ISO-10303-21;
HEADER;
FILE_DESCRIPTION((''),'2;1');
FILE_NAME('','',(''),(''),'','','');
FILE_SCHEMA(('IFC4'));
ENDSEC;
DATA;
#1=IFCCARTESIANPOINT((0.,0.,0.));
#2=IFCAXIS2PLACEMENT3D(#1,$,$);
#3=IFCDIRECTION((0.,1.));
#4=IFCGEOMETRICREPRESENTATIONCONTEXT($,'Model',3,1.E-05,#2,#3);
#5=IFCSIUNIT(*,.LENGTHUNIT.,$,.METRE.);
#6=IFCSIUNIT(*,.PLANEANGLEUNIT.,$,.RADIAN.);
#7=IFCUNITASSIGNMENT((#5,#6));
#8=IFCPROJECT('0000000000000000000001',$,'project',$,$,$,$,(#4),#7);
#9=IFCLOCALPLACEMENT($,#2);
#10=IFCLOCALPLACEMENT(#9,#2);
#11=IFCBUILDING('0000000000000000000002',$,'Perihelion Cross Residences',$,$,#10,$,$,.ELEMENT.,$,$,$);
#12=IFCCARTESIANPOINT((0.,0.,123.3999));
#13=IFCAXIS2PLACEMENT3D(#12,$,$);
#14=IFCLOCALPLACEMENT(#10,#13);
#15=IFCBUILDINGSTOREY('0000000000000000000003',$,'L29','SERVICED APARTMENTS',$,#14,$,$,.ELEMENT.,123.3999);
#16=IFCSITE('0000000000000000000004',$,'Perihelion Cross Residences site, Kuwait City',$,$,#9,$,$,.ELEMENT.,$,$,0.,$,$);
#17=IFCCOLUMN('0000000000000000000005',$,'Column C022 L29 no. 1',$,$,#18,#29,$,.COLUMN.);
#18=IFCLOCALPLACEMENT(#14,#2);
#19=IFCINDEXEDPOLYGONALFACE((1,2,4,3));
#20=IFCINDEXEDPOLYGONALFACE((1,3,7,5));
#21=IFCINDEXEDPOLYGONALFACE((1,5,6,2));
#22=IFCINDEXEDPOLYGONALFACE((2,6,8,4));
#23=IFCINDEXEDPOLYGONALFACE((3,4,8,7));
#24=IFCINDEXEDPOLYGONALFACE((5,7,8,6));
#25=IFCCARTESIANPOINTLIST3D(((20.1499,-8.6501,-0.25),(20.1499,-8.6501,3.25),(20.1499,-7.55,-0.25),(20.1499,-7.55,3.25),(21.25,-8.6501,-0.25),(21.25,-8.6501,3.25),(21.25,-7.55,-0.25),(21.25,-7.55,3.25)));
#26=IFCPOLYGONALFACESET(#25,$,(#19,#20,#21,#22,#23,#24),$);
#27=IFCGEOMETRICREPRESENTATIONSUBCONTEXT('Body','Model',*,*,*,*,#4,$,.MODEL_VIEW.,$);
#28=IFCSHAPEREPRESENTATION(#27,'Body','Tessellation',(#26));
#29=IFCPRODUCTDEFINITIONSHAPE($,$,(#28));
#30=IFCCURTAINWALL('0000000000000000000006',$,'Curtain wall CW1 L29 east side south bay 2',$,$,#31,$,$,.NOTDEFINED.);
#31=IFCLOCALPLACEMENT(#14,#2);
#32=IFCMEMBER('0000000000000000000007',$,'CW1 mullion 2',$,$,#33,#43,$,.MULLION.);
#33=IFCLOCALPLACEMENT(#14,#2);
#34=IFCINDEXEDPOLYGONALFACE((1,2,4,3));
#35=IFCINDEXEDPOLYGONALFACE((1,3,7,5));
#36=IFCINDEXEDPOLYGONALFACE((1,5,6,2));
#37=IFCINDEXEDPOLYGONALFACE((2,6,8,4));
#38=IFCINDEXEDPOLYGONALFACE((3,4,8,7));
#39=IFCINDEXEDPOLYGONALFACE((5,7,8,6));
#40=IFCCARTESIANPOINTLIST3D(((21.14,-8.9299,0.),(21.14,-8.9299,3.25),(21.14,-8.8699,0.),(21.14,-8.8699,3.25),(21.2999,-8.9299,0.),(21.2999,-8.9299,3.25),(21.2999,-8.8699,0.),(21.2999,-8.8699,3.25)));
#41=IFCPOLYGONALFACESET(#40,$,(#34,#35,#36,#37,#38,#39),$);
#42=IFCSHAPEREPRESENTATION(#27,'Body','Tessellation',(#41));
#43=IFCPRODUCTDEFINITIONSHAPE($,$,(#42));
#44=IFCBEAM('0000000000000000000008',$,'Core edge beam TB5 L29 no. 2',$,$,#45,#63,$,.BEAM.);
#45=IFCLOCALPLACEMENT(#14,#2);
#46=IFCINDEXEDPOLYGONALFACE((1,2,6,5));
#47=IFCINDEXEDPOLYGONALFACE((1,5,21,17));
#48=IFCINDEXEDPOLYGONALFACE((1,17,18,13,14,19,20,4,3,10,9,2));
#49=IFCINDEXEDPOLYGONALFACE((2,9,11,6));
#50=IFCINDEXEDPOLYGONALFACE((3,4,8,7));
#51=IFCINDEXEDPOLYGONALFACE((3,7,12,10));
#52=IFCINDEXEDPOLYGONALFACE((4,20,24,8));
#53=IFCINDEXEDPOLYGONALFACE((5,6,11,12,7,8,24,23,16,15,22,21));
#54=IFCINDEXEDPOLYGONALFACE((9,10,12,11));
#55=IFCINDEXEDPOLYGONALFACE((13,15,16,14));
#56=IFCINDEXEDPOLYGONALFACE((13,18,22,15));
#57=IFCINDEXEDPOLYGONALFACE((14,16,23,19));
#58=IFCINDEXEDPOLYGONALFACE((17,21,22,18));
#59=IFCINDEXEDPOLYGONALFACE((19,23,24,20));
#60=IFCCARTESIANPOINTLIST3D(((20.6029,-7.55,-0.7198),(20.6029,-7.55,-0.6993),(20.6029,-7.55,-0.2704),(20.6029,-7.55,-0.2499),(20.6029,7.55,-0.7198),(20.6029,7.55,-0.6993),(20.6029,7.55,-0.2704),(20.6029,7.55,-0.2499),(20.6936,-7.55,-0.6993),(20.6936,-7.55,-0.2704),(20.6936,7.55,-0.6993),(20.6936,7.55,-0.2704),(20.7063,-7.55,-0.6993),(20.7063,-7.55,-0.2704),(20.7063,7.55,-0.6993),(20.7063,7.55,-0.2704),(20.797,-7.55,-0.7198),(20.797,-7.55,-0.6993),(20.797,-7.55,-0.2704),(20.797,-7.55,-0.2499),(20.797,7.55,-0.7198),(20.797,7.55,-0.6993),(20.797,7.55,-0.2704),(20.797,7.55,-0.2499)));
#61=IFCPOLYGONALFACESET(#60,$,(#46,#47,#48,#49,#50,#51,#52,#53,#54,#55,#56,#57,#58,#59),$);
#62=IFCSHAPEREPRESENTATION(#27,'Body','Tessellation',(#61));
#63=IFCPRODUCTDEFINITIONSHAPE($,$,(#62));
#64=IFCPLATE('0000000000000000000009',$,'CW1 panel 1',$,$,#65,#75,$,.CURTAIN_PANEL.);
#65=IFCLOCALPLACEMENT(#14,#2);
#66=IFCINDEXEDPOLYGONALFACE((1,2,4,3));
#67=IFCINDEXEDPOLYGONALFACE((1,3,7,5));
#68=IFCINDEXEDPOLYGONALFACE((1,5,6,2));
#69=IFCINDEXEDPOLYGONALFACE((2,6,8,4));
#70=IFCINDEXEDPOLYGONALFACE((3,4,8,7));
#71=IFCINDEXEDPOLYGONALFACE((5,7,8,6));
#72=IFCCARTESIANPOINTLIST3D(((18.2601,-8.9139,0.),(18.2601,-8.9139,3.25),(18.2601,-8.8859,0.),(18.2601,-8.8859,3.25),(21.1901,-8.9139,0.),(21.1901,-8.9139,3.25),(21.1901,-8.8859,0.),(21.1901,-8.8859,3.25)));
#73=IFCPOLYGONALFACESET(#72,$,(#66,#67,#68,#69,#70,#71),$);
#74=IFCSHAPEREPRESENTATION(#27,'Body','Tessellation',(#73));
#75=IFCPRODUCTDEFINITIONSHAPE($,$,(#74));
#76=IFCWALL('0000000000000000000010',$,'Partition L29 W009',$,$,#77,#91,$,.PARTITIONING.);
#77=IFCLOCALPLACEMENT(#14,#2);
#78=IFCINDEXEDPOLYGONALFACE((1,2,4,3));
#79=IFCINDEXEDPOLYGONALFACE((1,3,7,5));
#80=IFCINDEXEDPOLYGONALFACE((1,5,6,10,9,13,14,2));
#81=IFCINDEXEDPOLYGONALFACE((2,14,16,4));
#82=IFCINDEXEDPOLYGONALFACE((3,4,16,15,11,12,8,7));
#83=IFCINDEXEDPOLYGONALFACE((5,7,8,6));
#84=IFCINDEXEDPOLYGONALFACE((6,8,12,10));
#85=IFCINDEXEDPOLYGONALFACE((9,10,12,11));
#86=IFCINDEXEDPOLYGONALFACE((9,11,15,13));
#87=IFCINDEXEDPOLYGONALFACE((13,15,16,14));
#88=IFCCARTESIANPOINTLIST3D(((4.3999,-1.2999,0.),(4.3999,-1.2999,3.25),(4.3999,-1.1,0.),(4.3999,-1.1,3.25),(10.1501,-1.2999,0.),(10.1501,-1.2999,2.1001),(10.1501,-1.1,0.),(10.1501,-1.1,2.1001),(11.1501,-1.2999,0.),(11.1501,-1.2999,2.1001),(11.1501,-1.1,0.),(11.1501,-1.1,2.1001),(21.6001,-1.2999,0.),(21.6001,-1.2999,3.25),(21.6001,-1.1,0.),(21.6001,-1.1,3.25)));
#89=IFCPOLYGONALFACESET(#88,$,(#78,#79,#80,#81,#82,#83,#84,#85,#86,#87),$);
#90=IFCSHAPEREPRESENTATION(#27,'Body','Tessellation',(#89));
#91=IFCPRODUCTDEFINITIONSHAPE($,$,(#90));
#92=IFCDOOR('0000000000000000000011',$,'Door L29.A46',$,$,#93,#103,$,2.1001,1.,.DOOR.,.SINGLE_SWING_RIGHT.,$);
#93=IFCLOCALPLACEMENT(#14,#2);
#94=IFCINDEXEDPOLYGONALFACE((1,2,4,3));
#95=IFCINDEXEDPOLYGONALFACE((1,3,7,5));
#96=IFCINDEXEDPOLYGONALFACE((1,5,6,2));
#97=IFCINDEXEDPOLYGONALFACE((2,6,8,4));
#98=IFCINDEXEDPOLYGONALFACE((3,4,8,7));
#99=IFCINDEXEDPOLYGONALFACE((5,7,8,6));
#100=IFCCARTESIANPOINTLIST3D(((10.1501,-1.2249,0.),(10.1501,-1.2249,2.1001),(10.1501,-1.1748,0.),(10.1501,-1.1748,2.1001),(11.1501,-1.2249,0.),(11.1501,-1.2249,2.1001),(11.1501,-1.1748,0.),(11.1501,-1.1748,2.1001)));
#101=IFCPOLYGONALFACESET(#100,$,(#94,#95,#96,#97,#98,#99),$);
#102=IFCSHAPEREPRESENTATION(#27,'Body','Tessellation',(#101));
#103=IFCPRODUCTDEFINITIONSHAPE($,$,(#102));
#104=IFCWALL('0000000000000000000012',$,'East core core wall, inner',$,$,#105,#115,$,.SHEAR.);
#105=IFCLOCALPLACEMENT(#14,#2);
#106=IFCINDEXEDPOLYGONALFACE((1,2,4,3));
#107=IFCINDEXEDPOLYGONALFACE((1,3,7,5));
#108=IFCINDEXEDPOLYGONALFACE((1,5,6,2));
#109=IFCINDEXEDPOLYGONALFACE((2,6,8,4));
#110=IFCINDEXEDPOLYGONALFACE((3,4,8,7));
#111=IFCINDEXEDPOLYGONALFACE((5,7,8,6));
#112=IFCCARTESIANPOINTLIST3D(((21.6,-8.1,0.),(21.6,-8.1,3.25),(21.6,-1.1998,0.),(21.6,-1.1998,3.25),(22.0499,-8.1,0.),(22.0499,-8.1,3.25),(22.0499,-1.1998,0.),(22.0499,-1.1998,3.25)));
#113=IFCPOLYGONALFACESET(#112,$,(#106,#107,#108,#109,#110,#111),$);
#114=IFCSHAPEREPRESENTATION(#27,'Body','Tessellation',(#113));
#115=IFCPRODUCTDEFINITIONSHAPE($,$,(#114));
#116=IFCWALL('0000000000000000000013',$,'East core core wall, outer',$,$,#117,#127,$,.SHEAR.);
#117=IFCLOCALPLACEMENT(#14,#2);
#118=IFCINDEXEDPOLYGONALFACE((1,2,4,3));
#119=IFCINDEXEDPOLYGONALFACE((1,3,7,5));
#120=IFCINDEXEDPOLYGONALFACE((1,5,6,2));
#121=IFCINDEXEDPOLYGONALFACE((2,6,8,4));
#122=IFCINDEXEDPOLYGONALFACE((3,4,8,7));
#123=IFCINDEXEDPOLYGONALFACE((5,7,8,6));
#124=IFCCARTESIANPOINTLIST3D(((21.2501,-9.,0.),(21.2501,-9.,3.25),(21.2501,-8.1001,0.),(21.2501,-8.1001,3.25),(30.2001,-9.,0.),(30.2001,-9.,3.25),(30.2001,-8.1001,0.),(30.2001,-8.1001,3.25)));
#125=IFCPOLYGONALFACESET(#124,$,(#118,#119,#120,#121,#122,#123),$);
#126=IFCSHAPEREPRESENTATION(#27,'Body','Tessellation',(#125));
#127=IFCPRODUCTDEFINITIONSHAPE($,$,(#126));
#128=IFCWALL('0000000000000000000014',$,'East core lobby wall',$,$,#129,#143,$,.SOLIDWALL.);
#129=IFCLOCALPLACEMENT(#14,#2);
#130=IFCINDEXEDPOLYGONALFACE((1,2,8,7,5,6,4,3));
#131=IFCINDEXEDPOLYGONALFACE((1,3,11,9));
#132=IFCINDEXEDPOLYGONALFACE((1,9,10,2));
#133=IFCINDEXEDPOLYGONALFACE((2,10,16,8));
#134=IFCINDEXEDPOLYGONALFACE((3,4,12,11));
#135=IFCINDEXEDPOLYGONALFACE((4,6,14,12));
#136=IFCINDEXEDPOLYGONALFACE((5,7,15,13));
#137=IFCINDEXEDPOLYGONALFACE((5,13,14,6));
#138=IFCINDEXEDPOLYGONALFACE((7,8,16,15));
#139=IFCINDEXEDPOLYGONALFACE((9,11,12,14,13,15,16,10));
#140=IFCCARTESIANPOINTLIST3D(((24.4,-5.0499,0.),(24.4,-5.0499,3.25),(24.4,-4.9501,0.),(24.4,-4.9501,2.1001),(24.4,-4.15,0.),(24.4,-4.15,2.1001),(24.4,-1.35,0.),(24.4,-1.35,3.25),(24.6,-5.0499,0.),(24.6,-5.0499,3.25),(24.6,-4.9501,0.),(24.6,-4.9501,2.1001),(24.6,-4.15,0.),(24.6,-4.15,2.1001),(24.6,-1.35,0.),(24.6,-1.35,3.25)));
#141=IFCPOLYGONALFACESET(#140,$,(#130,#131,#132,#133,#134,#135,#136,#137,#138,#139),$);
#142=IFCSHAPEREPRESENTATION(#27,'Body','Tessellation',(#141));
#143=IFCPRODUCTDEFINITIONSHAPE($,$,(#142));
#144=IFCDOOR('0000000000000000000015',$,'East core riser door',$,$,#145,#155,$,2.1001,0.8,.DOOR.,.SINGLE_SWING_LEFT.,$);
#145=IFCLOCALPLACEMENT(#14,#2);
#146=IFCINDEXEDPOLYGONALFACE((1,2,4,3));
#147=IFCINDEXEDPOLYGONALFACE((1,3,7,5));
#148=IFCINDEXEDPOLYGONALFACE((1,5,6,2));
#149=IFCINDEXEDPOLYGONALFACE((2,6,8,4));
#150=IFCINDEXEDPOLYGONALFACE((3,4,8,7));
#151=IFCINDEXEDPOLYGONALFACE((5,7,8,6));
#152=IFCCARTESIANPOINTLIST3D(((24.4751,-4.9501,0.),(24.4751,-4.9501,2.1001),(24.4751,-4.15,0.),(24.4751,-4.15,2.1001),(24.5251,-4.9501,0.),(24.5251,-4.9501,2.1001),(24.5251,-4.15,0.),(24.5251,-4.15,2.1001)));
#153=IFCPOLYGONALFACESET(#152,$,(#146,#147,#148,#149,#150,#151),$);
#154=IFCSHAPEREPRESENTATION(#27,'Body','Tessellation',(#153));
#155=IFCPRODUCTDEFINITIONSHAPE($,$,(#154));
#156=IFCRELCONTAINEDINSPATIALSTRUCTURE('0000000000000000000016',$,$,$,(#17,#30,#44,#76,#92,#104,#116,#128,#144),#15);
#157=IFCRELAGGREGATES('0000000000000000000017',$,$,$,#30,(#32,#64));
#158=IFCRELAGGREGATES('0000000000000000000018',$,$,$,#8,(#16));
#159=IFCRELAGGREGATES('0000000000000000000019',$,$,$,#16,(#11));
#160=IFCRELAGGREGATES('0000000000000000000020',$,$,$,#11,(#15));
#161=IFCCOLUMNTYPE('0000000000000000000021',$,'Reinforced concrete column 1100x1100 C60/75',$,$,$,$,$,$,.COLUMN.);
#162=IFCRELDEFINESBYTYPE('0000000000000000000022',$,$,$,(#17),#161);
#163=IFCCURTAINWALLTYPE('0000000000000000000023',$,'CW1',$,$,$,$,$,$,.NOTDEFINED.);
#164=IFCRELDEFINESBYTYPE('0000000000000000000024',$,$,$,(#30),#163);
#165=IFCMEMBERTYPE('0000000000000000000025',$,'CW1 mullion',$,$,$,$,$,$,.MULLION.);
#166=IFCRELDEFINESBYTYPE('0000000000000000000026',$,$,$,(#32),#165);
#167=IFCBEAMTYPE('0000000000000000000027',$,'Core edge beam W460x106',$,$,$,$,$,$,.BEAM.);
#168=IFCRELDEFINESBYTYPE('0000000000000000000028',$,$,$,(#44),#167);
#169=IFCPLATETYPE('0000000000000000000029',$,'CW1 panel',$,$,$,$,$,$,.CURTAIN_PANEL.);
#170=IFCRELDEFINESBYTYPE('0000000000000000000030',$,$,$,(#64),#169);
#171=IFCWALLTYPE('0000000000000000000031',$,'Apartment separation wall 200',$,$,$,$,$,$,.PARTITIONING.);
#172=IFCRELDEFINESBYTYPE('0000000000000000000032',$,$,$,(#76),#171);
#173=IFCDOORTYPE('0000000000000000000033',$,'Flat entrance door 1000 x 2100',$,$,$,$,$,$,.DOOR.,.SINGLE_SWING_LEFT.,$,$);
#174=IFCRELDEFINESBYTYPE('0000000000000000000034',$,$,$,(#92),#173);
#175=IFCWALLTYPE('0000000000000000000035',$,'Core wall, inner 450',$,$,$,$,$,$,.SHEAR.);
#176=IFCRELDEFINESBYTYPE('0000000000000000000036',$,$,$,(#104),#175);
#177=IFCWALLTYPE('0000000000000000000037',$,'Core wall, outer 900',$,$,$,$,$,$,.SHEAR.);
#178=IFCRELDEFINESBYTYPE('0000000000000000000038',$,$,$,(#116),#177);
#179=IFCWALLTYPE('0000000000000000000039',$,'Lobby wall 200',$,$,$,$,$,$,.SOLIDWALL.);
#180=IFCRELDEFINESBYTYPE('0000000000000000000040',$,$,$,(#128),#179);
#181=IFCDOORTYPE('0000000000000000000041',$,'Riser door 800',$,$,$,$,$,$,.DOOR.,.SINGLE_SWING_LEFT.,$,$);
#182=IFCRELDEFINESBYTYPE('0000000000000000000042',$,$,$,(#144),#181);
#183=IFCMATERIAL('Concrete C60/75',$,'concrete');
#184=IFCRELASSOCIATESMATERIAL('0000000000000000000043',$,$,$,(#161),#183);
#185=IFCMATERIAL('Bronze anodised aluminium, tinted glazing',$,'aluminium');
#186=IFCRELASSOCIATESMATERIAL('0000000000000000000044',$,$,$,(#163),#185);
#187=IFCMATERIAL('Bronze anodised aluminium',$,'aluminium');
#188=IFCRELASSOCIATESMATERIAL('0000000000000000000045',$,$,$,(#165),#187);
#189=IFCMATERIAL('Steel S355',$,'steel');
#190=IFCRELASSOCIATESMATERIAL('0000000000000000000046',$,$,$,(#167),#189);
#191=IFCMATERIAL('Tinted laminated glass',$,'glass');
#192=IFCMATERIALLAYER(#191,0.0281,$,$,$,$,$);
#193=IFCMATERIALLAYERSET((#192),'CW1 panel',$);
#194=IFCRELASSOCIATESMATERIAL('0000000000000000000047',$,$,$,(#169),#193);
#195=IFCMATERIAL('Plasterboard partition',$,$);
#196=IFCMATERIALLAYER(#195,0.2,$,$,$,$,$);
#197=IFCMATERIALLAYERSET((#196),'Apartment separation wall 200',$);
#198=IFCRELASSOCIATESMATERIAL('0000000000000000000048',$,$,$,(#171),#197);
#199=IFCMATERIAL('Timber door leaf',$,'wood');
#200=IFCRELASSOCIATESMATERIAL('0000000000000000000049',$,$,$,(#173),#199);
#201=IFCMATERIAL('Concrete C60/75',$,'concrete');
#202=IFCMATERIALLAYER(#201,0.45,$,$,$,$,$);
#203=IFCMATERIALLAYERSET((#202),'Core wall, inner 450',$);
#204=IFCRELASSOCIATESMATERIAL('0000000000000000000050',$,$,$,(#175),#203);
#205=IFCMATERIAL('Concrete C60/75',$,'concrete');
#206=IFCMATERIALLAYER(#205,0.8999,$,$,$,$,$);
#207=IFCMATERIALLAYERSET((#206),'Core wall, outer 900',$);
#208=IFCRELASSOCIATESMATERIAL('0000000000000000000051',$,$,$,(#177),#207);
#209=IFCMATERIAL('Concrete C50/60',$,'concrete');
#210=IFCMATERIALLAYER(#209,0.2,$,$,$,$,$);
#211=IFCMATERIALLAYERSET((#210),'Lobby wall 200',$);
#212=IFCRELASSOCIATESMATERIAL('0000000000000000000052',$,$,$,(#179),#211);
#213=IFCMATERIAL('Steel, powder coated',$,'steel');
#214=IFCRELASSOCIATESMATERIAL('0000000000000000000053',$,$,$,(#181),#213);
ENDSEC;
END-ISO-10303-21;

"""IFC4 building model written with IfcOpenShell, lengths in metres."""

from ifc_helpers import new_model, si_unit, direction, frame, frame_2d, origin, origin_2d, place, context, subcontext, project, spatial, rectangle, i_section, extrude, material, layer, layer_set, material_profile, profile_set, type_object, element, fill, aggregate, save


model = new_model("IFC4")

# Units and contexts
model_context = context("Model", 3, precision=1e-05, world=origin(), true_north=direction((0.0, 1.0)))
body_context = subcontext(model_context, "Body", "Model", "MODEL_VIEW")
ifc_project = project(units=[si_unit("LENGTHUNIT", "METRE"), si_unit("PLANEANGLEUNIT", "RADIAN")], contexts=[model_context])

# Site, building, storey
site_placement = place(None, origin())
site = spatial("IfcSite", under=ifc_project, at=site_placement, Name="Perihelion Cross Residences site, Kuwait City", CompositionType="ELEMENT", RefElevation=0.0)
building_placement = place(site_placement, origin())
building = spatial("IfcBuilding", under=site, at=building_placement, Name="Perihelion Cross Residences", CompositionType="ELEMENT")
storey_placement = place(building_placement, frame((0.0, 0.0, 123.3999)))
storey = spatial("IfcBuildingStorey", under=building, at=storey_placement, Name="L29", Description="SERVICED APARTMENTS", CompositionType="ELEMENT", Elevation=123.3999)

# Column
ifc_material_1 = material(Name="Concrete C60/75", Category="concrete")
ifc_material_profile_1 = material_profile(ifc_material_1, rectangle(XDim=1.1001, YDim=1.1001, at=origin_2d()), Name="RC 1100x1100")
ifc_profile_set_1 = profile_set([ifc_material_profile_1], Name="Concrete C60/75")
column_type = type_object("IfcColumnType", Name="Reinforced concrete column 1100x1100 C60/75", PredefinedType="COLUMN", material=ifc_profile_set_1)
column_placement = place(storey_placement, frame((20.7, -8.1001, -0.25), z_axis=(0.0, 0.0, 1.0), x_axis=(1.0, 0.0, 0.0)))
element("IfcColumn", 1, at=column_placement, inside=storey, type_object=column_type, Name="Column C022 L29 no. 1", PredefinedType="COLUMN", context=body_context, shape_type="SweptSolid", body=[
    extrude(rectangle(XDim=1.1001, YDim=1.1001, at=origin_2d()), origin(), (0.0, 0.0, 1.0), 3.5),
])

# Curtain wall, member
ifc_material_2 = material(Name="Bronze anodised aluminium, tinted glazing", Category="aluminium")
curtain_wall_type = type_object("IfcCurtainWallType", Name="CW1", PredefinedType="NOTDEFINED", material=ifc_material_2)
curtain_wall_placement = place(storey_placement, origin())
curtain_wall = element("IfcCurtainWall", 2, at=curtain_wall_placement, inside=storey, type_object=curtain_wall_type, Name="Curtain wall CW1 L29 east side south bay 2", PredefinedType="NOTDEFINED")
ifc_material_3 = material(Name="Bronze anodised aluminium", Category="aluminium")
ifc_material_profile_2 = material_profile(ifc_material_3, rectangle(XDim=0.0601, YDim=0.1599, at=origin_2d()), Name="CW1 mullion")
ifc_profile_set_2 = profile_set([ifc_material_profile_2], Name="Bronze anodised aluminium")
member_type = type_object("IfcMemberType", Name="CW1 mullion", PredefinedType="MULLION", material=ifc_profile_set_2)
member_placement = place(storey_placement, frame((21.22, -8.8999, 0.0), z_axis=(0.0, 0.0, 1.0), x_axis=(0.0, 1.0, 0.0)))
member = element("IfcMember", 3, at=member_placement, type_object=member_type, Name="CW1 mullion 2", PredefinedType="MULLION", context=body_context, shape_type="SweptSolid", body=[
    extrude(rectangle(XDim=0.0601, YDim=0.1599, at=origin_2d()), origin(), (0.0, 0.0, 1.0), 3.25),
])

# Beam
ifc_material_4 = material(Name="Steel S355", Category="steel")
ifc_material_profile_3 = material_profile(ifc_material_4, i_section(OverallWidth=0.1941, OverallDepth=0.47, WebThickness=0.0127, FlangeThickness=0.0205, at=origin_2d()), Name="W460x106")
ifc_profile_set_3 = profile_set([ifc_material_profile_3], Name="Steel S355")
beam_type = type_object("IfcBeamType", Name="Core edge beam W460x106", PredefinedType="BEAM", material=ifc_profile_set_3)
beam_placement = place(storey_placement, frame((20.7, -7.55, -0.4849), z_axis=(0.0, 1.0, 0.0), x_axis=(-1.0, 0.0, 0.0)))
element("IfcBeam", 4, at=beam_placement, inside=storey, type_object=beam_type, Name="Core edge beam TB5 L29 no. 2", PredefinedType="BEAM", context=body_context, shape_type="SweptSolid", body=[
    extrude(i_section(OverallWidth=0.1941, OverallDepth=0.47, WebThickness=0.0127, FlangeThickness=0.0205, at=origin_2d()), origin(), (0.0, 0.0, 1.0), 15.1001),
])

# Plate
ifc_material_5 = material(Name="Tinted laminated glass", Category="glass")
ifc_layer_1 = layer(ifc_material_5, 0.0281)
ifc_layer_set_1 = layer_set([ifc_layer_1], Name="CW1 panel")
plate_type = type_object("IfcPlateType", Name="CW1 panel", PredefinedType="CURTAIN_PANEL", material=ifc_layer_set_1)
plate_placement = place(storey_placement, frame((19.7251, -8.8999, 0.0), z_axis=(0.0, 0.0, 1.0), x_axis=(1.0, 0.0, 0.0)))
plate = element("IfcPlate", 5, at=plate_placement, type_object=plate_type, Name="CW1 panel 1", PredefinedType="CURTAIN_PANEL", context=body_context, shape_type="SweptSolid", body=[
    extrude(rectangle(XDim=2.9299, YDim=0.0281, at=origin_2d()), origin(), (0.0, 0.0, 1.0), 3.25),
])
aggregate(curtain_wall, [member, plate])

# Wall, opening, door
ifc_material_6 = material(Name="Plasterboard partition")
ifc_layer_2 = layer(ifc_material_6, 0.2)
ifc_layer_set_2 = layer_set([ifc_layer_2], Name="Apartment separation wall 200")
wall_type_1 = type_object("IfcWallType", Name="Apartment separation wall 200", PredefinedType="PARTITIONING", material=ifc_layer_set_2)
wall_1_placement = place(storey_placement, frame((21.6001, -1.2, 0.0), z_axis=(0.0, 0.0, 1.0), x_axis=(-1.0, 0.0, 0.0)))
wall_1 = element("IfcWall", 6, at=wall_1_placement, inside=storey, type_object=wall_type_1, Name="Partition L29 W009", PredefinedType="PARTITIONING", context=body_context, shape_type="SweptSolid", body=[
    extrude(rectangle(XDim=17.2002, YDim=0.2, at=frame_2d((8.6001, 0.0))), origin(), (0.0, 0.0, 1.0), 3.25),
])
opening_1_placement = place(wall_1_placement, frame((10.45, 0.0, 0.0)))
opening_1 = element("IfcOpeningElement", 7, at=opening_1_placement, cuts=wall_1, PredefinedType="OPENING", context=body_context, shape_type="SweptSolid", body=[
    extrude(rectangle(XDim=1.0, YDim=2.1001, at=frame_2d((0.5, 1.05))), frame((0.0, 0.1099, 0.0), z_axis=(0.0, -1.0, 0.0), x_axis=(1.0, 0.0, 0.0)), (0.0, 0.0, 1.0), 0.22),
])
ifc_material_7 = material(Name="Timber door leaf", Category="wood")
door_type_1 = type_object("IfcDoorType", Name="Flat entrance door 1000 x 2100", OperationType="SINGLE_SWING_LEFT", PredefinedType="DOOR", material=ifc_material_7)
door_1_placement = place(opening_1_placement, origin())
door_1 = element("IfcDoor", 8, at=door_1_placement, inside=storey, type_object=door_type_1, Name="Door L29.A46", OperationType="SINGLE_SWING_RIGHT", OverallHeight=2.1001, OverallWidth=1.0, PredefinedType="DOOR", context=body_context, shape_type="SweptSolid", body=[
    extrude(rectangle(XDim=1.0, YDim=2.1001, at=frame_2d((0.5, 1.05))), frame((0.0, 0.0249, 0.0), z_axis=(0.0, -1.0, 0.0), x_axis=(1.0, 0.0, 0.0)), (0.0, 0.0, 1.0), 0.05),
])
fill(opening_1, door_1)

# Walls
ifc_material_8 = material(Name="Concrete C60/75", Category="concrete")
ifc_layer_3 = layer(ifc_material_8, 0.45)
ifc_layer_set_3 = layer_set([ifc_layer_3], Name="Core wall, inner 450")
wall_type_2 = type_object("IfcWallType", Name="Core wall, inner 450", PredefinedType="SHEAR", material=ifc_layer_set_3)
wall_2_placement = place(storey_placement, frame((21.825, -8.1001, 0.0), z_axis=(0.0, 0.0, 1.0), x_axis=(0.0, 1.0, 0.0)))
element("IfcWall", 9, at=wall_2_placement, inside=storey, type_object=wall_type_2, Name="East core core wall, inner", PredefinedType="SHEAR", context=body_context, shape_type="SweptSolid", body=[
    extrude(rectangle(XDim=6.9001, YDim=0.45, at=frame_2d((3.4502, 0.0))), origin(), (0.0, 0.0, 1.0), 3.25),
])
ifc_material_9 = material(Name="Concrete C60/75", Category="concrete")
ifc_layer_4 = layer(ifc_material_9, 0.8999)
ifc_layer_set_4 = layer_set([ifc_layer_4], Name="Core wall, outer 900")
wall_type_3 = type_object("IfcWallType", Name="Core wall, outer 900", PredefinedType="SHEAR", material=ifc_layer_set_4)
wall_3_placement = place(storey_placement, frame((21.25, -8.55, 0.0), z_axis=(0.0, 0.0, 1.0), x_axis=(1.0, 0.0, 0.0)))
element("IfcWall", 10, at=wall_3_placement, inside=storey, type_object=wall_type_3, Name="East core core wall, outer", PredefinedType="SHEAR", context=body_context, shape_type="SweptSolid", body=[
    extrude(rectangle(XDim=8.95, YDim=0.8999, at=frame_2d((4.4751, 0.0))), origin(), (0.0, 0.0, 1.0), 3.25),
])

# Wall, opening, door
ifc_material_10 = material(Name="Concrete C50/60", Category="concrete")
ifc_layer_5 = layer(ifc_material_10, 0.2)
ifc_layer_set_5 = layer_set([ifc_layer_5], Name="Lobby wall 200")
wall_type_4 = type_object("IfcWallType", Name="Lobby wall 200", PredefinedType="SOLIDWALL", material=ifc_layer_set_5)
wall_4_placement = place(storey_placement, frame((24.5, -5.05, 0.0), z_axis=(0.0, 0.0, 1.0), x_axis=(0.0, 1.0, 0.0)))
wall_4 = element("IfcWall", 11, at=wall_4_placement, inside=storey, type_object=wall_type_4, Name="East core lobby wall", PredefinedType="SOLIDWALL", context=body_context, shape_type="SweptSolid", body=[
    extrude(rectangle(XDim=3.7, YDim=0.2, at=frame_2d((1.8501, 0.0))), origin(), (0.0, 0.0, 1.0), 3.25),
])
opening_2_placement = place(wall_4_placement, frame((0.1001, 0.0, 0.0)))
opening_2 = element("IfcOpeningElement", 12, at=opening_2_placement, cuts=wall_4, PredefinedType="OPENING", context=body_context, shape_type="SweptSolid", body=[
    extrude(rectangle(XDim=0.8, YDim=2.1001, at=frame_2d((0.3999, 1.05))), frame((0.0, 0.1099, 0.0), z_axis=(0.0, -1.0, 0.0), x_axis=(1.0, 0.0, 0.0)), (0.0, 0.0, 1.0), 0.22),
])
ifc_material_11 = material(Name="Steel, powder coated", Category="steel")
door_type_2 = type_object("IfcDoorType", Name="Riser door 800", OperationType="SINGLE_SWING_LEFT", PredefinedType="DOOR", material=ifc_material_11)
door_2_placement = place(opening_2_placement, origin())
door_2 = element("IfcDoor", 13, at=door_2_placement, inside=storey, type_object=door_type_2, Name="East core riser door", OperationType="SINGLE_SWING_LEFT", OverallHeight=2.1001, OverallWidth=0.8, PredefinedType="DOOR", context=body_context, shape_type="SweptSolid", body=[
    extrude(rectangle(XDim=0.8, YDim=2.1001, at=frame_2d((0.3999, 1.05))), frame((0.0, 0.0249, 0.0), z_axis=(0.0, -1.0, 0.0), x_axis=(1.0, 0.0, 0.0)), (0.0, 0.0, 1.0), 0.05),
])
fill(opening_2, door_2)

save(model, "model.ifc")
